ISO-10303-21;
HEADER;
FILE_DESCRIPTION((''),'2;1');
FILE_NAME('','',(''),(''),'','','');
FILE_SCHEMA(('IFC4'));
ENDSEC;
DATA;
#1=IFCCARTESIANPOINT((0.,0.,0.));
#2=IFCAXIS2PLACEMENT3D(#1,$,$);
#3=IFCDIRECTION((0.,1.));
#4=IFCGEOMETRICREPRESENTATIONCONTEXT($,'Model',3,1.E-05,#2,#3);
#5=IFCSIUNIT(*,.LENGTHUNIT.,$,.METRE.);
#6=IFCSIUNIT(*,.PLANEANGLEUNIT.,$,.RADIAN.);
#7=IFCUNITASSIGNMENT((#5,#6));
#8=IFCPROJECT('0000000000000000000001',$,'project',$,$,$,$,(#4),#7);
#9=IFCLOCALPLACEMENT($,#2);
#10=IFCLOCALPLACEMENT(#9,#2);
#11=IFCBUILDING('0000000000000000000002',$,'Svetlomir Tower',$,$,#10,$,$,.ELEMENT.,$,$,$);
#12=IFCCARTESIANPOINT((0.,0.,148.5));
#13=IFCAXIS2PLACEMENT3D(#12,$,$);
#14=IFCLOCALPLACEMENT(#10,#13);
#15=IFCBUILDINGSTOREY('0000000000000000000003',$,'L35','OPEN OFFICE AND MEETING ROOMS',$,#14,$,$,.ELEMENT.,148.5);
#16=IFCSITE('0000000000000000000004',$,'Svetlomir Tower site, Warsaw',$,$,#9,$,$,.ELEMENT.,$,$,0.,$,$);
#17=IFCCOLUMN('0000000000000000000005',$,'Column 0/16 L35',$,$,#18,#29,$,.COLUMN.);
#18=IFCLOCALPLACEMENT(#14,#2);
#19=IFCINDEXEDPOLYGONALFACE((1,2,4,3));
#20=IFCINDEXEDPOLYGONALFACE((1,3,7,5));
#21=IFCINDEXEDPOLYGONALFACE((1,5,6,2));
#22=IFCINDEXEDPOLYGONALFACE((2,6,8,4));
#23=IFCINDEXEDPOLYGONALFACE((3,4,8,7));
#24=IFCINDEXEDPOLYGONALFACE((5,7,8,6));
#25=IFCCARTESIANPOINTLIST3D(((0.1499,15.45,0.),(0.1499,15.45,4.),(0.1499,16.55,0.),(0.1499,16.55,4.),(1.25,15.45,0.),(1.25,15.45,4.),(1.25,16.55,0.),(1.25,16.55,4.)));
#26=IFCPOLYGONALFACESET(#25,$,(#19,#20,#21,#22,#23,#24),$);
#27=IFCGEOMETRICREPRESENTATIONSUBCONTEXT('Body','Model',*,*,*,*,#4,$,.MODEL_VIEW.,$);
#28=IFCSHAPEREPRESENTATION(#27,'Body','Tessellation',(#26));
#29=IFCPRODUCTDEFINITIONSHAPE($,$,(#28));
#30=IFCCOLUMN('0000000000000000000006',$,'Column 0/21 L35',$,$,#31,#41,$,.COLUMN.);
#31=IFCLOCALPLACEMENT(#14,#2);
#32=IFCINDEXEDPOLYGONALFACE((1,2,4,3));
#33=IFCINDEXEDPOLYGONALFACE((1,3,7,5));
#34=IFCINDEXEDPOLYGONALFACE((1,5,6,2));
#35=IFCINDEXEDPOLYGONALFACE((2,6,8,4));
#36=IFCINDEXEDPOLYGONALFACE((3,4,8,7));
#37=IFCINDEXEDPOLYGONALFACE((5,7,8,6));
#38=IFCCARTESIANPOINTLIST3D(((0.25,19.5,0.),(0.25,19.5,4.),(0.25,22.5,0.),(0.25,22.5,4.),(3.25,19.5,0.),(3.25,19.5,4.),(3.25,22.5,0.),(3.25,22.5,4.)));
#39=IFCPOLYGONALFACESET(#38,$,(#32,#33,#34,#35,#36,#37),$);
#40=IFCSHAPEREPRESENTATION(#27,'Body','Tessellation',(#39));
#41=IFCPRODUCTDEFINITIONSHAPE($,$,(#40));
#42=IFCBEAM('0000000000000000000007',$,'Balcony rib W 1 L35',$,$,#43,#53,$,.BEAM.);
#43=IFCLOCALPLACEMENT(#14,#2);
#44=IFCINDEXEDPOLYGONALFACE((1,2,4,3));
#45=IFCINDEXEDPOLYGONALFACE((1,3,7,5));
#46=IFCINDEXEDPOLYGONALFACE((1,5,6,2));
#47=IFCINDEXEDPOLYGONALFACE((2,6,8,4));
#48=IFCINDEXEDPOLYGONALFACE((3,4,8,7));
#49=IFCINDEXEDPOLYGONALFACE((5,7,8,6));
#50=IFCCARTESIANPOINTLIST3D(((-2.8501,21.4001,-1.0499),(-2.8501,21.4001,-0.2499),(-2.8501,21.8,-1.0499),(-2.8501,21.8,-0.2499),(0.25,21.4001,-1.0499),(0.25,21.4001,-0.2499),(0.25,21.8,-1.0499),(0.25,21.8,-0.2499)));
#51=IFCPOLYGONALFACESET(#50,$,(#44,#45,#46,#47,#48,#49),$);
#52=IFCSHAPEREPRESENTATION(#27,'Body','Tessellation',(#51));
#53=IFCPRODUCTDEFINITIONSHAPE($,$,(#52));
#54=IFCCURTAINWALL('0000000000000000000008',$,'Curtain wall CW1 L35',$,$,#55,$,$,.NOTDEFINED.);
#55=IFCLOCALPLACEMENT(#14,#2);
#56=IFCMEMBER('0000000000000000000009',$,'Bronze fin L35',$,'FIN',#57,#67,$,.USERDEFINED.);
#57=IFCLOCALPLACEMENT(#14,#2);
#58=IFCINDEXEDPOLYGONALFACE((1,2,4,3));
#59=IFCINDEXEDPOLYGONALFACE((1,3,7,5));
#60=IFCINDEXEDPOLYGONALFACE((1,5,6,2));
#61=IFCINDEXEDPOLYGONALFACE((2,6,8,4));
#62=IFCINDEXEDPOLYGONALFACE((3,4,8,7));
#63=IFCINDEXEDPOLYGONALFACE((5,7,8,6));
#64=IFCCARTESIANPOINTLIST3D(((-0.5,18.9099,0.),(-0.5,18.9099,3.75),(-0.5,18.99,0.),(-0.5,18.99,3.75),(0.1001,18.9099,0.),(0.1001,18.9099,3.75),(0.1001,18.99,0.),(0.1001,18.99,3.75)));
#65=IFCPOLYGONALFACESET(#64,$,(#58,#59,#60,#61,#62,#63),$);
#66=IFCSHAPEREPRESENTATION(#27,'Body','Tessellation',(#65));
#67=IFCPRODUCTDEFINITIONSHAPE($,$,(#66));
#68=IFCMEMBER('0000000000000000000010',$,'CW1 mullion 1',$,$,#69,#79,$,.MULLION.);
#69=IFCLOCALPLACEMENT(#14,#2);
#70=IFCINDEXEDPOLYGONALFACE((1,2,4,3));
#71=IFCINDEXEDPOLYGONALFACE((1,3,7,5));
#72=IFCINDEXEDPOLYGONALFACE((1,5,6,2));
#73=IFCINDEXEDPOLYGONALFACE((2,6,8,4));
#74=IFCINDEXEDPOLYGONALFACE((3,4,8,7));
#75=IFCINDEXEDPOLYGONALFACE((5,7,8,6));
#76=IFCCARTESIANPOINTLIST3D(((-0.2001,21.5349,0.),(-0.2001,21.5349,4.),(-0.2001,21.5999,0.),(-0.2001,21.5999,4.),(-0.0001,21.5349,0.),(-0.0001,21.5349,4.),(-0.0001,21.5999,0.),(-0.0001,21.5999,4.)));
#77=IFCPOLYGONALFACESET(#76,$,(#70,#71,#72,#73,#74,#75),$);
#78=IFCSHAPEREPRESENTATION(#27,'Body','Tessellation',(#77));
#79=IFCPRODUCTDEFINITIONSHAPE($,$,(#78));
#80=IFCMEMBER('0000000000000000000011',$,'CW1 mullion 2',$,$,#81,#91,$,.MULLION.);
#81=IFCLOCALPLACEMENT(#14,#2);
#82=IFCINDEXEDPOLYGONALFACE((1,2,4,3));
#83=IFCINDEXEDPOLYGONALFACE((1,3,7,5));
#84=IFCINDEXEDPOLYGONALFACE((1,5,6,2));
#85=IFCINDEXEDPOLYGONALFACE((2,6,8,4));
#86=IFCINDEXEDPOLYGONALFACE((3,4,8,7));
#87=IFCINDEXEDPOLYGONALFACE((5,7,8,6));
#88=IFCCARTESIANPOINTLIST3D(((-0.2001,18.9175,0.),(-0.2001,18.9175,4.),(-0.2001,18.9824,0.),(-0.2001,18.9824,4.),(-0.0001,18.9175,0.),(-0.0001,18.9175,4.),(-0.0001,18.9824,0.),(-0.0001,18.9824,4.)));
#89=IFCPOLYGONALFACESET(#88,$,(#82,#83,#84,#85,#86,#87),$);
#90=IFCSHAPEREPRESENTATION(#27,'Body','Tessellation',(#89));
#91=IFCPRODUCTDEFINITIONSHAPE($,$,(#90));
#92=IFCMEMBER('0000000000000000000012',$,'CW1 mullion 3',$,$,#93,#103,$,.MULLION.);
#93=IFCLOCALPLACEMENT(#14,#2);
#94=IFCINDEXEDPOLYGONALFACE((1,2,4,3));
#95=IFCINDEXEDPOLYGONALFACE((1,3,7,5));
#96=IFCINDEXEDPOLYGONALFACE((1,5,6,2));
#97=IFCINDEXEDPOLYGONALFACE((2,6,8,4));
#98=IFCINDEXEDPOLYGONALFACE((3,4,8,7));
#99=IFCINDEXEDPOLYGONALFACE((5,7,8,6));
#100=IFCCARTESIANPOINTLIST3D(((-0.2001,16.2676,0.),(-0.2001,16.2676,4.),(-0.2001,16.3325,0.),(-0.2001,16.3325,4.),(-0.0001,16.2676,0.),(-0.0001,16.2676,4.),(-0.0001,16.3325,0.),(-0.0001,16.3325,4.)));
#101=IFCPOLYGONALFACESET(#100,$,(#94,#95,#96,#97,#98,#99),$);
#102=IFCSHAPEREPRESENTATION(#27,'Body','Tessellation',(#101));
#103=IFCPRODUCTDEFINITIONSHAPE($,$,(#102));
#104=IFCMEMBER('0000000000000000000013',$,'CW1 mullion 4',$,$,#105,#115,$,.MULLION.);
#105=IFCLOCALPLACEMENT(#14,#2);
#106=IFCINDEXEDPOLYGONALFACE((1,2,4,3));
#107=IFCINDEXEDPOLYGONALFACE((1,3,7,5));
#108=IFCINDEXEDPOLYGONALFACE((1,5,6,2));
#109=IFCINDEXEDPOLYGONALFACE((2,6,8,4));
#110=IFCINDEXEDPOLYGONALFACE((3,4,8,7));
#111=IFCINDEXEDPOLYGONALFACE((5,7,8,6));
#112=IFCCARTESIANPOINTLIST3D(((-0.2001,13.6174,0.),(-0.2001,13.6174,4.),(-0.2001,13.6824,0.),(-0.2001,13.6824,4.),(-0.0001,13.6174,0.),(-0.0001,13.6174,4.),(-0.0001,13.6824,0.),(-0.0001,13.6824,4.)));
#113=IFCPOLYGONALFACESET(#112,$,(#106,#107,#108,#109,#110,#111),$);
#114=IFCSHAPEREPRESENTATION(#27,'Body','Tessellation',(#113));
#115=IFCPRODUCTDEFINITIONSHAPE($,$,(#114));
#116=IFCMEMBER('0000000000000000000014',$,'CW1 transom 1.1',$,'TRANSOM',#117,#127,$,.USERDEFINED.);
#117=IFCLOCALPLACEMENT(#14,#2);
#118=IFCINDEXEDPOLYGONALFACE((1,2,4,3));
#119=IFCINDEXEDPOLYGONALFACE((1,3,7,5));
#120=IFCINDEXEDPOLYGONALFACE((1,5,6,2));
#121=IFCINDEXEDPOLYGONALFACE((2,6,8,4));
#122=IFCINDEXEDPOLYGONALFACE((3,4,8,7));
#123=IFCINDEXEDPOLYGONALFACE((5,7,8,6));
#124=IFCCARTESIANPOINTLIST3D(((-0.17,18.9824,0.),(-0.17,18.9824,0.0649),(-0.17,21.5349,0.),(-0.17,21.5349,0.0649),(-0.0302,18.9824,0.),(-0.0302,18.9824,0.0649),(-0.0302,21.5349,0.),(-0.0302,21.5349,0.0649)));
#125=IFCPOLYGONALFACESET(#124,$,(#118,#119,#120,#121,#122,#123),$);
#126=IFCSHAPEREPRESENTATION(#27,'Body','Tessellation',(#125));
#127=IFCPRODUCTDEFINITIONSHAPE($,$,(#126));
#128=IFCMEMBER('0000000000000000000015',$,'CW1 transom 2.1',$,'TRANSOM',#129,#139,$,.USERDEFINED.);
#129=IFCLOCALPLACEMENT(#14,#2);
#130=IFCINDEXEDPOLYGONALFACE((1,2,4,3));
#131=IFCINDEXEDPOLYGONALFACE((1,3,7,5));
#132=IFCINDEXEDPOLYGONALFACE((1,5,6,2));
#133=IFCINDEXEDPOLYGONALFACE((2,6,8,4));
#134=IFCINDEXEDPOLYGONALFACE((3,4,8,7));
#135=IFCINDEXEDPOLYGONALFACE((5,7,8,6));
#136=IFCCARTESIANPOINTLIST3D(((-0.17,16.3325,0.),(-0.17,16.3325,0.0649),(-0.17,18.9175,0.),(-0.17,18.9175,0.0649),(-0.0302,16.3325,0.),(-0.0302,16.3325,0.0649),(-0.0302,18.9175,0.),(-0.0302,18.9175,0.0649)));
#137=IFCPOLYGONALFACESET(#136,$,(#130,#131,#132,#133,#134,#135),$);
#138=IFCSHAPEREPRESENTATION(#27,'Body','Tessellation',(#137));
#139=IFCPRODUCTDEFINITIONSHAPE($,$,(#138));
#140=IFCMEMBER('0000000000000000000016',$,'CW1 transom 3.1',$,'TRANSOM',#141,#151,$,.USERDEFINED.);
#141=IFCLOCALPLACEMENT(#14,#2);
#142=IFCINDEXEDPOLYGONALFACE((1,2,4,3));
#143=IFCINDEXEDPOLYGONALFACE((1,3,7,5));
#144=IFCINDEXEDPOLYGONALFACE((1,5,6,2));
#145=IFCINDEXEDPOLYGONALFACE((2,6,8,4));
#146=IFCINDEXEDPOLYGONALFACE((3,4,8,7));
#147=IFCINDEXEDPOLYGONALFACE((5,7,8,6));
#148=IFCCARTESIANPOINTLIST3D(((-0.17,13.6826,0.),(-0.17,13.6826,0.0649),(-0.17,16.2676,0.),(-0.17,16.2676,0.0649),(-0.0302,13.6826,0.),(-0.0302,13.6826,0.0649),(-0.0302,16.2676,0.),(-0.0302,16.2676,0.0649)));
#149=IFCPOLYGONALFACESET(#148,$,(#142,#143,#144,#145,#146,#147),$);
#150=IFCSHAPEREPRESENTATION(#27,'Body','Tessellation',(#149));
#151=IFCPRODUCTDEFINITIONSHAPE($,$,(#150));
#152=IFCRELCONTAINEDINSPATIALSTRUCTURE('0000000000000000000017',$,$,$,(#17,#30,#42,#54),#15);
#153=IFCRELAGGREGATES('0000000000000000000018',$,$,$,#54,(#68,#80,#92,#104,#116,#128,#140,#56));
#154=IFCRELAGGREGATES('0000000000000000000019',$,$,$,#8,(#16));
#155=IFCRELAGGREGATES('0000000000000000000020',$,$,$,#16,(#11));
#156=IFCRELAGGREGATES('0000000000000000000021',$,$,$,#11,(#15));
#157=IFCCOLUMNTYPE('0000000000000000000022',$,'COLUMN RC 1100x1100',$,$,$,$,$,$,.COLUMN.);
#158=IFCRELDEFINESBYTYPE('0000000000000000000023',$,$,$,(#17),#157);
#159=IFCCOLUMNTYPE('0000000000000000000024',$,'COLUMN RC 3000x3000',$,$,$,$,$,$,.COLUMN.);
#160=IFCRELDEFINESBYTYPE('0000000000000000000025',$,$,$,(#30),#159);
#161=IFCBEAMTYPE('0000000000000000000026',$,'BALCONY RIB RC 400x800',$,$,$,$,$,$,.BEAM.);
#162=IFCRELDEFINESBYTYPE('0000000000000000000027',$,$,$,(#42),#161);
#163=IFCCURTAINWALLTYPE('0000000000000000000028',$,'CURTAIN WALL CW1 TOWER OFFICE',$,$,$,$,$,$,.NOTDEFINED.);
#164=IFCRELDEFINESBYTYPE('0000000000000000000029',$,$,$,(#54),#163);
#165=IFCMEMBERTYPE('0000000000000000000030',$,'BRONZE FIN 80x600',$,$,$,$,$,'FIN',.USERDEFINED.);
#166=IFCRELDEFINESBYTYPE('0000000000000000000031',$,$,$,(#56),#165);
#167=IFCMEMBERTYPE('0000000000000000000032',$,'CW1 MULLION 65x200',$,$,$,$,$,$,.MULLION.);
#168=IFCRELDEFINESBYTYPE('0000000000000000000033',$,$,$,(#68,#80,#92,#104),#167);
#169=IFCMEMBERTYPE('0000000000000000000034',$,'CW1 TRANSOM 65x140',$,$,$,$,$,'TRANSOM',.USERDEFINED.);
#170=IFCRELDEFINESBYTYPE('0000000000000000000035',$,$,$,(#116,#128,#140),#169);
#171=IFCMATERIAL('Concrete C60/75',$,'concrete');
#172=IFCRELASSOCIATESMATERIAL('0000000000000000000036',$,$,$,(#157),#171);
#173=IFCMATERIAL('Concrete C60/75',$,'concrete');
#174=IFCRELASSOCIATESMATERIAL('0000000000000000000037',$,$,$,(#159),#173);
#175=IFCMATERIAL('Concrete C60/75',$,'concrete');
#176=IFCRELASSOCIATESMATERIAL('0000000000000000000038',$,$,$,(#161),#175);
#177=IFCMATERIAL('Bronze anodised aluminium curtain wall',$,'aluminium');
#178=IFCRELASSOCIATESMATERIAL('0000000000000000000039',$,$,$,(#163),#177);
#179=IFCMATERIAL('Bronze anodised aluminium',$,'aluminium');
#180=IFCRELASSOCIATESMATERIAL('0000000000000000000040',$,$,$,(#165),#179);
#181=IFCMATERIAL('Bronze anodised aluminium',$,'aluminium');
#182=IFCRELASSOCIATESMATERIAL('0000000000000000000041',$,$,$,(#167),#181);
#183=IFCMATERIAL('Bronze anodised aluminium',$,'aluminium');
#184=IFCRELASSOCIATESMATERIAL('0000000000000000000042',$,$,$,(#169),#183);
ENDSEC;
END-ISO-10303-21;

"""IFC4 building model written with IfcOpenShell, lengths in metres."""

from ifc_helpers import new_model, si_unit, direction, frame, origin, origin_2d, place, context, subcontext, project, spatial, rectangle, extrude, material, material_profile, profile_set, type_object, element, aggregate, save


model = new_model("IFC4")

# Units and contexts
model_context = context("Model", 3, precision=1e-05, world=origin(), true_north=direction((0.0, 1.0)))
body_context = subcontext(model_context, "Body", "Model", "MODEL_VIEW")
ifc_project = project(units=[si_unit("LENGTHUNIT", "METRE"), si_unit("PLANEANGLEUNIT", "RADIAN")], contexts=[model_context])

# Site, building, storey
site_placement = place(None, origin())
site = spatial("IfcSite", under=ifc_project, at=site_placement, Name="Svetlomir Tower site, Warsaw", CompositionType="ELEMENT", RefElevation=0.0)
building_placement = place(site_placement, origin())
building = spatial("IfcBuilding", under=site, at=building_placement, Name="Svetlomir Tower", CompositionType="ELEMENT")
storey_placement = place(building_placement, frame((0.0, 0.0, 148.5)))
storey = spatial("IfcBuildingStorey", under=building, at=storey_placement, Name="L35", Description="OPEN OFFICE AND MEETING ROOMS", CompositionType="ELEMENT", Elevation=148.5)

# Columns
ifc_material_1 = material(Name="Concrete C60/75", Category="concrete")
ifc_material_profile_1 = material_profile(ifc_material_1, rectangle(XDim=1.1001, YDim=1.1001, at=origin_2d()), Name="RC 1100x1100")
ifc_profile_set_1 = profile_set([ifc_material_profile_1], Name="Concrete C60/75")
column_type_1 = type_object("IfcColumnType", Name="COLUMN RC 1100x1100", PredefinedType="COLUMN", material=ifc_profile_set_1)
column_1_placement = place(storey_placement, frame((0.7, 16.0, 0.0), z_axis=(0.0, 0.0, 1.0), x_axis=(1.0, 0.0, 0.0)))
element("IfcColumn", 1, at=column_1_placement, inside=storey, type_object=column_type_1, Name="Column 0/16 L35", PredefinedType="COLUMN", context=body_context, shape_type="SweptSolid", body=[
    extrude(rectangle(XDim=1.1001, YDim=1.1001, at=origin_2d()), origin(), (0.0, 0.0, 1.0), 4.0),
])
ifc_material_2 = material(Name="Concrete C60/75", Category="concrete")
ifc_material_profile_2 = material_profile(ifc_material_2, rectangle(XDim=3.0, YDim=3.0, at=origin_2d()), Name="RC 3000x3000")
ifc_profile_set_2 = profile_set([ifc_material_profile_2], Name="Concrete C60/75")
column_type_2 = type_object("IfcColumnType", Name="COLUMN RC 3000x3000", PredefinedType="COLUMN", material=ifc_profile_set_2)
column_2_placement = place(storey_placement, frame((1.75, 21.0, 0.0), z_axis=(0.0, 0.0, 1.0), x_axis=(1.0, 0.0, 0.0)))
element("IfcColumn", 2, at=column_2_placement, inside=storey, type_object=column_type_2, Name="Column 0/21 L35", PredefinedType="COLUMN", context=body_context, shape_type="SweptSolid", body=[
    extrude(rectangle(XDim=3.0, YDim=3.0, at=origin_2d()), origin(), (0.0, 0.0, 1.0), 4.0),
])

# Beam
ifc_material_3 = material(Name="Concrete C60/75", Category="concrete")
ifc_material_profile_3 = material_profile(ifc_material_3, rectangle(XDim=0.3999, YDim=0.8, at=origin_2d()), Name="RC 400x800")
ifc_profile_set_3 = profile_set([ifc_material_profile_3], Name="Concrete C60/75")
beam_type_1 = type_object("IfcBeamType", Name="BALCONY RIB RC 400x800", PredefinedType="BEAM", material=ifc_profile_set_3)
beam_1_placement = place(storey_placement, frame((0.25, 21.6001, -0.6499), z_axis=(-1.0, 0.0, 0.0), x_axis=(0.0, -1.0, 0.0)))
element("IfcBeam", 3, at=beam_1_placement, inside=storey, type_object=beam_type_1, Name="Balcony rib W 1 L35", PredefinedType="BEAM", context=body_context, shape_type="SweptSolid", body=[
    extrude(rectangle(XDim=0.3999, YDim=0.8, at=origin_2d()), origin(), (0.0, 0.0, 1.0), 3.1001),
])

# Curtain wall, members
ifc_material_4 = material(Name="Bronze anodised aluminium curtain wall", Category="aluminium")
curtain_wall_type = type_object("IfcCurtainWallType", Name="CURTAIN WALL CW1 TOWER OFFICE", PredefinedType="NOTDEFINED", material=ifc_material_4)
curtain_wall_placement = place(storey_placement, origin())
curtain_wall = element("IfcCurtainWall", 4, at=curtain_wall_placement, inside=storey, type_object=curtain_wall_type, Name="Curtain wall CW1 L35", PredefinedType="NOTDEFINED")
ifc_material_5 = material(Name="Bronze anodised aluminium", Category="aluminium")
ifc_material_profile_4 = material_profile(ifc_material_5, rectangle(XDim=0.0801, YDim=0.6001, at=origin_2d()), Name="FIN 80x600")
ifc_profile_set_4 = profile_set([ifc_material_profile_4], Name="Bronze anodised aluminium 6063-T6")
member_type_1 = type_object("IfcMemberType", Name="BRONZE FIN 80x600", ElementType="FIN", PredefinedType="USERDEFINED", material=ifc_profile_set_4)
member_1_placement = place(storey_placement, frame((-0.2, 18.95, 0.0), z_axis=(0.0, 0.0, 1.0), x_axis=(0.0, 1.0, 0.0)))
member_1 = element("IfcMember", 5, at=member_1_placement, type_object=member_type_1, Name="Bronze fin L35", ObjectType="FIN", PredefinedType="USERDEFINED", context=body_context, shape_type="SweptSolid", body=[
    extrude(rectangle(XDim=0.0801, YDim=0.6001, at=origin_2d()), origin(), (0.0, 0.0, 1.0), 3.75),
])
ifc_material_6 = material(Name="Bronze anodised aluminium", Category="aluminium")
ifc_material_profile_5 = material_profile(ifc_material_6, rectangle(XDim=0.0649, YDim=0.2, at=origin_2d()), Name="AL 65x200")
ifc_profile_set_5 = profile_set([ifc_material_profile_5], Name="Bronze anodised aluminium 6063-T6")
member_type_2 = type_object("IfcMemberType", Name="CW1 MULLION 65x200", PredefinedType="MULLION", material=ifc_profile_set_5)
member_2_placement = place(storey_placement, frame((-0.1001, 21.5674, 0.0), z_axis=(0.0, 0.0, 1.0), x_axis=(0.0, -1.0, 0.0)))
member_2 = element("IfcMember", 6, at=member_2_placement, type_object=member_type_2, Name="CW1 mullion 1", PredefinedType="MULLION", context=body_context, shape_type="SweptSolid", body=[
    extrude(rectangle(XDim=0.0649, YDim=0.2, at=origin_2d()), origin(), (0.0, 0.0, 1.0), 4.0),
])
member_3_placement = place(storey_placement, frame((-0.1001, 18.95, 0.0), z_axis=(0.0, 0.0, 1.0), x_axis=(0.0, -1.0, 0.0)))
member_3 = element("IfcMember", 7, at=member_3_placement, type_object=member_type_2, Name="CW1 mullion 2", PredefinedType="MULLION", context=body_context, shape_type="SweptSolid", body=[
    extrude(rectangle(XDim=0.0649, YDim=0.2, at=origin_2d()), origin(), (0.0, 0.0, 1.0), 4.0),
])
member_4_placement = place(storey_placement, frame((-0.1001, 16.3, 0.0), z_axis=(0.0, 0.0, 1.0), x_axis=(0.0, -1.0, 0.0)))
member_4 = element("IfcMember", 8, at=member_4_placement, type_object=member_type_2, Name="CW1 mullion 3", PredefinedType="MULLION", context=body_context, shape_type="SweptSolid", body=[
    extrude(rectangle(XDim=0.0649, YDim=0.2, at=origin_2d()), origin(), (0.0, 0.0, 1.0), 4.0),
])
member_5_placement = place(storey_placement, frame((-0.1001, 13.6499, 0.0), z_axis=(0.0, 0.0, 1.0), x_axis=(0.0, -1.0, 0.0)))
member_5 = element("IfcMember", 9, at=member_5_placement, type_object=member_type_2, Name="CW1 mullion 4", PredefinedType="MULLION", context=body_context, shape_type="SweptSolid", body=[
    extrude(rectangle(XDim=0.0649, YDim=0.2, at=origin_2d()), origin(), (0.0, 0.0, 1.0), 4.0),
])
ifc_material_7 = material(Name="Bronze anodised aluminium", Category="aluminium")
ifc_material_profile_6 = material_profile(ifc_material_7, rectangle(XDim=0.1399, YDim=0.0649, at=origin_2d()), Name="AL 140x65")
ifc_profile_set_6 = profile_set([ifc_material_profile_6], Name="Bronze anodised aluminium 6063-T6")
member_type_3 = type_object("IfcMemberType", Name="CW1 TRANSOM 65x140", ElementType="TRANSOM", PredefinedType="USERDEFINED", material=ifc_profile_set_6)
member_6_placement = place(storey_placement, frame((-0.1001, 21.5349, 0.0325), z_axis=(0.0, -1.0, 0.0), x_axis=(1.0, 0.0, 0.0)))
member_6 = element("IfcMember", 10, at=member_6_placement, type_object=member_type_3, Name="CW1 transom 1.1", ObjectType="TRANSOM", PredefinedType="USERDEFINED", context=body_context, shape_type="SweptSolid", body=[
    extrude(rectangle(XDim=0.1399, YDim=0.0649, at=origin_2d()), origin(), (0.0, 0.0, 1.0), 2.5525),
])
member_7_placement = place(storey_placement, frame((-0.1001, 18.9175, 0.0325), z_axis=(0.0, -1.0, 0.0), x_axis=(1.0, 0.0, 0.0)))
member_7 = element("IfcMember", 11, at=member_7_placement, type_object=member_type_3, Name="CW1 transom 2.1", ObjectType="TRANSOM", PredefinedType="USERDEFINED", context=body_context, shape_type="SweptSolid", body=[
    extrude(rectangle(XDim=0.1399, YDim=0.0649, at=origin_2d()), origin(), (0.0, 0.0, 1.0), 2.585),
])
member_8_placement = place(storey_placement, frame((-0.1001, 16.2676, 0.0325), z_axis=(0.0, -1.0, 0.0), x_axis=(1.0, 0.0, 0.0)))
member_8 = element("IfcMember", 12, at=member_8_placement, type_object=member_type_3, Name="CW1 transom 3.1", ObjectType="TRANSOM", PredefinedType="USERDEFINED", context=body_context, shape_type="SweptSolid", body=[
    extrude(rectangle(XDim=0.1399, YDim=0.0649, at=origin_2d()), origin(), (0.0, 0.0, 1.0), 2.585),
])

aggregate(curtain_wall, [member_2, member_3, member_4, member_5, member_6, member_7, member_8, member_1])

save(model, "model.ifc")
